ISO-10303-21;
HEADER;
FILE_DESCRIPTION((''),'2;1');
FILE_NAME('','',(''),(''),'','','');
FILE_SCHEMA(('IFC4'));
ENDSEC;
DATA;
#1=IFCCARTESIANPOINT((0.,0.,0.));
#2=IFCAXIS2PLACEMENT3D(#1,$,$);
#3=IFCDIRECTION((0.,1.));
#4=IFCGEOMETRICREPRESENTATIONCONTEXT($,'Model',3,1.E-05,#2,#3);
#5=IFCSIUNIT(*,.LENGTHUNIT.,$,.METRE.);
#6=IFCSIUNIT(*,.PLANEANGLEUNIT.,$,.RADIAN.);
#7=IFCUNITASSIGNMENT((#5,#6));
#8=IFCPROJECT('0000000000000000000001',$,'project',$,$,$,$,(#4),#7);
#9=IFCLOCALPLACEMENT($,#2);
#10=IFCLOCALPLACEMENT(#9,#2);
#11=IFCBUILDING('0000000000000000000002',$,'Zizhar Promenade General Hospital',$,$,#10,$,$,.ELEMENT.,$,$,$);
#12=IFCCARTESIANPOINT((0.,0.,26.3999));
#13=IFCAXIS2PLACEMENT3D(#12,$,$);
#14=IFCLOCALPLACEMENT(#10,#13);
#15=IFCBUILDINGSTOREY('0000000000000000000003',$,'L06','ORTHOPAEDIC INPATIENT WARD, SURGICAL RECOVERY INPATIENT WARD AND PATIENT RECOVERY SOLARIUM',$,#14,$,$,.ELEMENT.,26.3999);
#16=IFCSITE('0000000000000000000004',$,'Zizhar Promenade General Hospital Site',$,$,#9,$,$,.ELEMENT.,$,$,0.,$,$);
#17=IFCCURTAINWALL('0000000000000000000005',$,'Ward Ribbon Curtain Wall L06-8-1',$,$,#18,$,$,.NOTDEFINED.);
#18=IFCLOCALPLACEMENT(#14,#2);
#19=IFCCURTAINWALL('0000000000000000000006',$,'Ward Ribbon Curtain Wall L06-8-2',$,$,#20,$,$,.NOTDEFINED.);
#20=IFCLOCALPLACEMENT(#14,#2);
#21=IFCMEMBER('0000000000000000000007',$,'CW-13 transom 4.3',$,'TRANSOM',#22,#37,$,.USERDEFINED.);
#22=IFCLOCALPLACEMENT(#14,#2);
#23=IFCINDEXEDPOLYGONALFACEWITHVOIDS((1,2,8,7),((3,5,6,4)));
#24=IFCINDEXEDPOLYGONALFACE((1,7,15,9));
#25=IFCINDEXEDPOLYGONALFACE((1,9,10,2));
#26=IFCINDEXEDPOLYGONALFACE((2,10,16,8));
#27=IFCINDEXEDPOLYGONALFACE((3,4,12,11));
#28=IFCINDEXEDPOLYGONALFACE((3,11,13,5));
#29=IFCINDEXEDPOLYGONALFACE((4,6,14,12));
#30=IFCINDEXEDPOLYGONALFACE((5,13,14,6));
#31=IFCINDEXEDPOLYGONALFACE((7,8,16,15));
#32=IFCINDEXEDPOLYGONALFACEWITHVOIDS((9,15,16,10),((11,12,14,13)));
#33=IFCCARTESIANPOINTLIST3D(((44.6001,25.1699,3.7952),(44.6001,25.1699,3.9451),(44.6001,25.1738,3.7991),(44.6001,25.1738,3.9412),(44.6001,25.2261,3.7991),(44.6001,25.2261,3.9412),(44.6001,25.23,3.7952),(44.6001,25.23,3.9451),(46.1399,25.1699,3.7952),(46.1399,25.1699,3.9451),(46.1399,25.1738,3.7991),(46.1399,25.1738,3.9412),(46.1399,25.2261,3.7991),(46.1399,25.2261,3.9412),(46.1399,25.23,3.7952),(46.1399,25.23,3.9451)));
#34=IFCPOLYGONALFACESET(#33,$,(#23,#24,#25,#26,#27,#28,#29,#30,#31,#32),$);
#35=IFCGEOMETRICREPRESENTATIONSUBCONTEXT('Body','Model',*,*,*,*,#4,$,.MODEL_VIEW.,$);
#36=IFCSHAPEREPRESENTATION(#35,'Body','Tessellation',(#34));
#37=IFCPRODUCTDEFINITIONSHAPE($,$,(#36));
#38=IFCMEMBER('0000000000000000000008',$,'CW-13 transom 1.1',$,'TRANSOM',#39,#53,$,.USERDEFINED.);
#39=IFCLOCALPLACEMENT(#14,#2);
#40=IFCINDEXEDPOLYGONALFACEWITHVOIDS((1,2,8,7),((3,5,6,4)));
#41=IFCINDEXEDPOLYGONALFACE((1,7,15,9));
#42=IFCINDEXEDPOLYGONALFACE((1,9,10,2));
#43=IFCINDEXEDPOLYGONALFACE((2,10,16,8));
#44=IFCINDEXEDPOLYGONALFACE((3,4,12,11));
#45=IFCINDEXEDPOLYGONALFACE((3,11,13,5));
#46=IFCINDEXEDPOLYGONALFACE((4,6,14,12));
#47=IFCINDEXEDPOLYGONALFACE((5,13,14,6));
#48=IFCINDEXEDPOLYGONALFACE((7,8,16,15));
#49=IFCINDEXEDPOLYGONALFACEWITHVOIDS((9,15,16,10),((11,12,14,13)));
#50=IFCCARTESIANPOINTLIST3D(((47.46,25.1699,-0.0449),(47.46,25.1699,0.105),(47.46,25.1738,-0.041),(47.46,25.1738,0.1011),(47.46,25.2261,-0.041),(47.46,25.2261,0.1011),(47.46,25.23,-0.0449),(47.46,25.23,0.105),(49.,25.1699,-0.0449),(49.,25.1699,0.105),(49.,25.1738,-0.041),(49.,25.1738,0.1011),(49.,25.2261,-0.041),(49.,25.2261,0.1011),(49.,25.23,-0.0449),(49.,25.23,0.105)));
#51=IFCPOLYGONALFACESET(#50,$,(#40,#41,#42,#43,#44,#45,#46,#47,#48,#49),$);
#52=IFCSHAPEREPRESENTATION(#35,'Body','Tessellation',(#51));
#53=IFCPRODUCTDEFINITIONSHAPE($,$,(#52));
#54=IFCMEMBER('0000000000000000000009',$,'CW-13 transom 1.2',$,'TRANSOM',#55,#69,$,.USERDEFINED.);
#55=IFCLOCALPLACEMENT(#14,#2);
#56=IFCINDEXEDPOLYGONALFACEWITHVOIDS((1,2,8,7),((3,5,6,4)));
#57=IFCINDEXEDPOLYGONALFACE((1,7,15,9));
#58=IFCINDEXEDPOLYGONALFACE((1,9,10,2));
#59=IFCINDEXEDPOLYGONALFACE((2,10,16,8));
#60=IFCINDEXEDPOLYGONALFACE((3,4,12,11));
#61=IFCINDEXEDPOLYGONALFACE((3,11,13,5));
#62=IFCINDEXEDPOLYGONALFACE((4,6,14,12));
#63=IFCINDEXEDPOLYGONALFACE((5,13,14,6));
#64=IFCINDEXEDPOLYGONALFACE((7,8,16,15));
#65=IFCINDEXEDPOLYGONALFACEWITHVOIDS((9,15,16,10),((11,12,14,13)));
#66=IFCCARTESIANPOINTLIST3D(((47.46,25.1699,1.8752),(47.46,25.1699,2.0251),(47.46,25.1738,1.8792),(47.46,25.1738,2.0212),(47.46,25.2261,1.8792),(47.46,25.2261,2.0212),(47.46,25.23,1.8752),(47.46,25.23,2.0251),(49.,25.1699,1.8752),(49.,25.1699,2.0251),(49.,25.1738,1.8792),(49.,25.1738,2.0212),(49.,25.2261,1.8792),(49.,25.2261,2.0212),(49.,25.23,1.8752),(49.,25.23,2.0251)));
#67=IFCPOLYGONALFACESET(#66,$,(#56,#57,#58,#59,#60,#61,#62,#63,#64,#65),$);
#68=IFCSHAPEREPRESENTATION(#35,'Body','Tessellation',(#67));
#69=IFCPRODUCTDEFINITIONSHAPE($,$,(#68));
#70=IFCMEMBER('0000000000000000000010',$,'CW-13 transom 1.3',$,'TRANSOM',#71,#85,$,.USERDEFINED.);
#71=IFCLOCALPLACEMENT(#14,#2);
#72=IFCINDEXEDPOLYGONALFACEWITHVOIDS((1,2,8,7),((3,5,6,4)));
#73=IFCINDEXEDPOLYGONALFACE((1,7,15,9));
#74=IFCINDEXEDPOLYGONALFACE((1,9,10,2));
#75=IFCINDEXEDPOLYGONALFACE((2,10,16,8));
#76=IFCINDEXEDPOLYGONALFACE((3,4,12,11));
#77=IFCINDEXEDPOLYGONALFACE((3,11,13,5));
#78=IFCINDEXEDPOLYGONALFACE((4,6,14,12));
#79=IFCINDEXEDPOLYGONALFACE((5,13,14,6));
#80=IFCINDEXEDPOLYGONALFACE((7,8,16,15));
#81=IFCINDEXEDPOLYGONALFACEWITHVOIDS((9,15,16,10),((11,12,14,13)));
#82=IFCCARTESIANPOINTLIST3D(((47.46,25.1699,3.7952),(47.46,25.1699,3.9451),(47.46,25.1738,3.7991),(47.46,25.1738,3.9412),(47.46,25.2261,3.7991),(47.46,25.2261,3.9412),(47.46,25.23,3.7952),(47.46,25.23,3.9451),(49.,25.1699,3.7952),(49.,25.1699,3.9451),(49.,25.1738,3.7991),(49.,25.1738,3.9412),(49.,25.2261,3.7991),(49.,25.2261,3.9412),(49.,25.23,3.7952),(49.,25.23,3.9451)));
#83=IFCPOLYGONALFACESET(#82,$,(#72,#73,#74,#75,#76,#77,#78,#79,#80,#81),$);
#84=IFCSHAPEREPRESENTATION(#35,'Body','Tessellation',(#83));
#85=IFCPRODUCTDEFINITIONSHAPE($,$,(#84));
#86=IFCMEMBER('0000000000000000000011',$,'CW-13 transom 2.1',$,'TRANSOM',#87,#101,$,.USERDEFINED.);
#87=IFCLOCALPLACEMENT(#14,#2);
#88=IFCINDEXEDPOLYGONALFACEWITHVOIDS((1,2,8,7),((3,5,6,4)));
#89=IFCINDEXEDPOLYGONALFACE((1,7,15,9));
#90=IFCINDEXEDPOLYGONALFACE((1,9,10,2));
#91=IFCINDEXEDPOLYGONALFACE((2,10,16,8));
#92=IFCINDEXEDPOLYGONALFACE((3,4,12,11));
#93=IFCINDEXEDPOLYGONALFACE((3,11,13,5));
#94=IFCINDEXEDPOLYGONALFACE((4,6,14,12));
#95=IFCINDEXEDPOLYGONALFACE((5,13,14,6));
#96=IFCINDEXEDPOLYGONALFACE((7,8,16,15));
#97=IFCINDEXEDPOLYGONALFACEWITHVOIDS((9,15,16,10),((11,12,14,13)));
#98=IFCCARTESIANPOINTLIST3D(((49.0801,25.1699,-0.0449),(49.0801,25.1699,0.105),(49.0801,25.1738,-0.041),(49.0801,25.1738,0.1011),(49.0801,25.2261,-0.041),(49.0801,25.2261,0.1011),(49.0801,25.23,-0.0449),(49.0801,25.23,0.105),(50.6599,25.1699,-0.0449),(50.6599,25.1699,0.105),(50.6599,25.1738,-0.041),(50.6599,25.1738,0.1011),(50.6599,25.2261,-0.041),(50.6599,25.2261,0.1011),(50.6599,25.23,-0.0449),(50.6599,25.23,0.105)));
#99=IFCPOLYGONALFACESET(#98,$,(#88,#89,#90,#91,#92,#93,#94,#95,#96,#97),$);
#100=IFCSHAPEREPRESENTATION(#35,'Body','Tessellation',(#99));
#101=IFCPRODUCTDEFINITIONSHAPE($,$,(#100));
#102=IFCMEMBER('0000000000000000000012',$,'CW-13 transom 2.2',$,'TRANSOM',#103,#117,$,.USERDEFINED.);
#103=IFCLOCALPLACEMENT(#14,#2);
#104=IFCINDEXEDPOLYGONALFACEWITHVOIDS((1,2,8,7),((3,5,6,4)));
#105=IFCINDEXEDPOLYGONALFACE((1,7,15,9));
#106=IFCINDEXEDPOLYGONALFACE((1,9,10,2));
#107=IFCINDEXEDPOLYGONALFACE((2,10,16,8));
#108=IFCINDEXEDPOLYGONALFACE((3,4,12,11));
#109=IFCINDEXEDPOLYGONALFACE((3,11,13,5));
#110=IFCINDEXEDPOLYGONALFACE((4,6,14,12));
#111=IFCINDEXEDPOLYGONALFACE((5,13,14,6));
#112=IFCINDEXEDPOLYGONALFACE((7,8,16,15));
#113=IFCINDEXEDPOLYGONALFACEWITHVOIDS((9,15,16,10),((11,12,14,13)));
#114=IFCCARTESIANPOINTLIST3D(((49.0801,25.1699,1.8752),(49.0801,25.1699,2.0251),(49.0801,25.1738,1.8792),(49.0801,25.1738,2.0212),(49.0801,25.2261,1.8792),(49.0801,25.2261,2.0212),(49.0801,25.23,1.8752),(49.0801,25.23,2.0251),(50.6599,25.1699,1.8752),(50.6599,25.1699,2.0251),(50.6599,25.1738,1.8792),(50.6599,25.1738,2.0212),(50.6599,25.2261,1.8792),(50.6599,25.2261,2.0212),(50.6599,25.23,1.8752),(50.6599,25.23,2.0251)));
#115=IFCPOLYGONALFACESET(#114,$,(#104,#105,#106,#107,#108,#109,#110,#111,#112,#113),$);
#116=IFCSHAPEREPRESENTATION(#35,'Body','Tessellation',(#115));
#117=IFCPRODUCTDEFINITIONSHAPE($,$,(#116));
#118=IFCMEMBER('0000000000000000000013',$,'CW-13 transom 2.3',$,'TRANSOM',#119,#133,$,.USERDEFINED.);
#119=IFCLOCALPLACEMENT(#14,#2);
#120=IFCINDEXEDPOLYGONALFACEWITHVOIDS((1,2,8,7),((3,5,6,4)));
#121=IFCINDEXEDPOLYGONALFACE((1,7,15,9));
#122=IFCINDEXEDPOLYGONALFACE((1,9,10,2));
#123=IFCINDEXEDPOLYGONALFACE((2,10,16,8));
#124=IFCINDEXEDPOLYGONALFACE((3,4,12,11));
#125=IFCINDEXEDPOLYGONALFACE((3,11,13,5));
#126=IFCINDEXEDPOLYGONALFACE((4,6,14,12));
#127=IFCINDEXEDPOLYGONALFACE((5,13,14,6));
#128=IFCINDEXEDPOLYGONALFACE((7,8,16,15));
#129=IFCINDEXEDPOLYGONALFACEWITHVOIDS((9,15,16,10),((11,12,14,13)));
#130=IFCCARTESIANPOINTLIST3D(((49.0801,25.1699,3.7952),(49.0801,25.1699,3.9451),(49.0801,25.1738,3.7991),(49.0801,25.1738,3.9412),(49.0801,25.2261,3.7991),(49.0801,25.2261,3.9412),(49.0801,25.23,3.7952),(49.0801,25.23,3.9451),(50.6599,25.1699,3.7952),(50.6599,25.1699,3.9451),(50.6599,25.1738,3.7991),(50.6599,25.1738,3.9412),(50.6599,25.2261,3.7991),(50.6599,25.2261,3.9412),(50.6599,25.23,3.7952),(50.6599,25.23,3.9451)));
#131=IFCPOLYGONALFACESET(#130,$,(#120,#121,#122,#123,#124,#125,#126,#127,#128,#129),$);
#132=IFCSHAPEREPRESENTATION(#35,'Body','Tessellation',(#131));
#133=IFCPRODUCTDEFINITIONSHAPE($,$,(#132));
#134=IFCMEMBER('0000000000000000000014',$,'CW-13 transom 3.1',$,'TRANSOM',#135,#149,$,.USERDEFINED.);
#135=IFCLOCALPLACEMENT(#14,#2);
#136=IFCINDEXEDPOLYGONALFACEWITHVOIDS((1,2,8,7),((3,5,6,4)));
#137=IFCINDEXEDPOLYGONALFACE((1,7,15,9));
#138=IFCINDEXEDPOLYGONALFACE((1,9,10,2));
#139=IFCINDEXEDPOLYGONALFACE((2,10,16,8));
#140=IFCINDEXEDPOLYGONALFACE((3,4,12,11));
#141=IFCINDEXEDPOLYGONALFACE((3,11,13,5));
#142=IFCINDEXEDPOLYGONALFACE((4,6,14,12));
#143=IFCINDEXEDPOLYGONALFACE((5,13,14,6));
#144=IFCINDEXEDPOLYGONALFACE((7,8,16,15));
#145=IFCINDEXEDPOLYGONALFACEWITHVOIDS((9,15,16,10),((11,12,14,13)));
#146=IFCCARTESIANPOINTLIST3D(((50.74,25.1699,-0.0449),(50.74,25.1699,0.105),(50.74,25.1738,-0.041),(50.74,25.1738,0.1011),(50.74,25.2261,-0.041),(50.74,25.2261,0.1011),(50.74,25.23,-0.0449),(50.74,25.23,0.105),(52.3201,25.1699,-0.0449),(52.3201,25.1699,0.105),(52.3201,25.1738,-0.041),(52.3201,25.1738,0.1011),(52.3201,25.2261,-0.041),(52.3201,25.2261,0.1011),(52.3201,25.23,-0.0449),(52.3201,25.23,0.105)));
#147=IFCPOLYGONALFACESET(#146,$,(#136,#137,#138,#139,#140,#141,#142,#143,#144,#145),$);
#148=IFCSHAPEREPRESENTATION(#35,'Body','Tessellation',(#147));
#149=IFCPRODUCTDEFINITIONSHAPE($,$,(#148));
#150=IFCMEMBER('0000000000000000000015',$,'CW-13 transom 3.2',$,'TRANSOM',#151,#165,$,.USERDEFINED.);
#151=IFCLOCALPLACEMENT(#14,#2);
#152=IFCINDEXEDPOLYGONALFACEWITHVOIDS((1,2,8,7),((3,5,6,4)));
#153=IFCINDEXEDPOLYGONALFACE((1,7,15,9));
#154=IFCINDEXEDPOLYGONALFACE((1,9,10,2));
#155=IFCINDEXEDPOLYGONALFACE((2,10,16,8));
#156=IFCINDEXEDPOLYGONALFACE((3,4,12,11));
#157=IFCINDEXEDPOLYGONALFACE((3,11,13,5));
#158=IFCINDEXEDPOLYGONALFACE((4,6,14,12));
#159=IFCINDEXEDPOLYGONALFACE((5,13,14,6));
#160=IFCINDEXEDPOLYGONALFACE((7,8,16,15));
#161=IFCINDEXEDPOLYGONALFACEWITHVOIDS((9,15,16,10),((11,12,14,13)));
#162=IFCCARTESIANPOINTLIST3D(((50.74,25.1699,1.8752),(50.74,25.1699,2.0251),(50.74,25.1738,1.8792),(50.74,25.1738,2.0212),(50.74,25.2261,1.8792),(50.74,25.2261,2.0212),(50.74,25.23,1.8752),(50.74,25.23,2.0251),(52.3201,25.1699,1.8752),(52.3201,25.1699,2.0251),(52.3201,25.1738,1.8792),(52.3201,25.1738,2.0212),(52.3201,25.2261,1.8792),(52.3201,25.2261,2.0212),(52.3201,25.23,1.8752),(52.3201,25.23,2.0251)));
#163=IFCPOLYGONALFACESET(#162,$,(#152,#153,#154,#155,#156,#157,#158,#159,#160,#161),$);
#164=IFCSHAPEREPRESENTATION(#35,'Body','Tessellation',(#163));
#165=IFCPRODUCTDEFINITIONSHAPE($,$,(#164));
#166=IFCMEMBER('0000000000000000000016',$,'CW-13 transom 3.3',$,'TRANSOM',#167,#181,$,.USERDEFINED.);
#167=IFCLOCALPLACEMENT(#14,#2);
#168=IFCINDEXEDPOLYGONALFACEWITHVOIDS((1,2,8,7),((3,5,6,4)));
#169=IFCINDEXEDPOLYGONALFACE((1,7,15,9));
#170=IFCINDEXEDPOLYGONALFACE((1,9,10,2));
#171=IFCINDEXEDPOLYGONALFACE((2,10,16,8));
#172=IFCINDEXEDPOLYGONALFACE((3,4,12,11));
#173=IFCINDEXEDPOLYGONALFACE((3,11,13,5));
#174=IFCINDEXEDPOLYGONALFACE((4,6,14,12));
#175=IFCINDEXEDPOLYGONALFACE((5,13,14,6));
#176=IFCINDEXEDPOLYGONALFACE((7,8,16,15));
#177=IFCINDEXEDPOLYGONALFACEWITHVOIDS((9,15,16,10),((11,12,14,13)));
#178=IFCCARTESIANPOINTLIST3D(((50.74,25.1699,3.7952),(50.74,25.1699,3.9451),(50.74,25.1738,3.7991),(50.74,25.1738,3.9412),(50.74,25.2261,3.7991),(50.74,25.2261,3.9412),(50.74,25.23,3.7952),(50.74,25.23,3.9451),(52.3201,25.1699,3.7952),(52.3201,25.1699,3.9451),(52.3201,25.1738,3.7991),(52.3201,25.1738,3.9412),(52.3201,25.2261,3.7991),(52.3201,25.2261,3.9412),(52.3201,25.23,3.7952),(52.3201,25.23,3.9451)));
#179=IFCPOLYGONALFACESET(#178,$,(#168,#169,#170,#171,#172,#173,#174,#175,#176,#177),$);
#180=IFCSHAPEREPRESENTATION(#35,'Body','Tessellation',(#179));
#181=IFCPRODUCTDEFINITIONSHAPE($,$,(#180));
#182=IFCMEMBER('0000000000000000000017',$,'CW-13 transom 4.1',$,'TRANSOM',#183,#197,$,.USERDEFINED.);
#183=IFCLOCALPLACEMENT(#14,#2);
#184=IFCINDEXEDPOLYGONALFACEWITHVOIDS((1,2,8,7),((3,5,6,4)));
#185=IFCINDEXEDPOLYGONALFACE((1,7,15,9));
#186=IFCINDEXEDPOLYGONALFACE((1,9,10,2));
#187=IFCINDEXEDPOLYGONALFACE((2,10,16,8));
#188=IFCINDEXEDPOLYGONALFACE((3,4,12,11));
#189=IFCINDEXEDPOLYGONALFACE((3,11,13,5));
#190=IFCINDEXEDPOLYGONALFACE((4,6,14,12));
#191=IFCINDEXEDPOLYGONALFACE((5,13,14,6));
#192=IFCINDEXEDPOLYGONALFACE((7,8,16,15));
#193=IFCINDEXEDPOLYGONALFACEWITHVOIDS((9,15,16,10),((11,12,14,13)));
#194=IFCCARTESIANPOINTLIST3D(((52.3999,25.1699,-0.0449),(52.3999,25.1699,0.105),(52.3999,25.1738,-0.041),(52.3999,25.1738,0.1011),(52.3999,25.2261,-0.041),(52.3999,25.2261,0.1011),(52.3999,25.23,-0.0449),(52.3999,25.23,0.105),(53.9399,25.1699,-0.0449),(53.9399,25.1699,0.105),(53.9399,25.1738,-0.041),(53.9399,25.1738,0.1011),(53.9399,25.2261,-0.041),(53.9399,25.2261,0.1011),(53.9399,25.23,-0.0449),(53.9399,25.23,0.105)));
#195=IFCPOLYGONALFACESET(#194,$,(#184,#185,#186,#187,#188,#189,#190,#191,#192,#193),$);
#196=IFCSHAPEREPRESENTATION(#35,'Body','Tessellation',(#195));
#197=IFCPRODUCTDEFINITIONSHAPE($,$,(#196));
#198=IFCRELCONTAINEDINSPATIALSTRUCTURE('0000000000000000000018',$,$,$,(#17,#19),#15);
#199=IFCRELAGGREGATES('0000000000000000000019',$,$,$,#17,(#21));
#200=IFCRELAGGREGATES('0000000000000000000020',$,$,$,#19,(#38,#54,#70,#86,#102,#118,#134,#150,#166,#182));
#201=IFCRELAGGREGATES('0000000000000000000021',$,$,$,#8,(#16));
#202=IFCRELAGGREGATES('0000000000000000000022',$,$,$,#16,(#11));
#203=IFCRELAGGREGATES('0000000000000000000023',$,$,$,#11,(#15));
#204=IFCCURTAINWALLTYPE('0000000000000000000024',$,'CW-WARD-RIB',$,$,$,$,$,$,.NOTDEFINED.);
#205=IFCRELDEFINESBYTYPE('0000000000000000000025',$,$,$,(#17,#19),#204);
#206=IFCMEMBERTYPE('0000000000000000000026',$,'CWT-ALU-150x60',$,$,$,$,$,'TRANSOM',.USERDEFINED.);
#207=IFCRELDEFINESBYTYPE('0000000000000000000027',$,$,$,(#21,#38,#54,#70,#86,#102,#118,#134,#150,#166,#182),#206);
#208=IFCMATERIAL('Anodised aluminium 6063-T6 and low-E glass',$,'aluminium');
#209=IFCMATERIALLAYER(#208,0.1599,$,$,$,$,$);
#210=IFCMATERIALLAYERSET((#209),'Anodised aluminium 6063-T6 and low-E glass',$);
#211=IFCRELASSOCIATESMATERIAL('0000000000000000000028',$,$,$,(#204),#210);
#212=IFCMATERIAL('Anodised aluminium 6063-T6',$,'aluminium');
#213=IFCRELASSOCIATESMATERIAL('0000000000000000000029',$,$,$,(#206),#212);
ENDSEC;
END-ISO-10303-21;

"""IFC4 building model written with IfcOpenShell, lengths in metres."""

from ifc_helpers import new_model, si_unit, direction, frame, origin, origin_2d, place, context, subcontext, project, spatial, hollow_rectangle, extrude, material, layer, layer_set, material_profile, profile_set, type_object, element, aggregate, save


model = new_model("IFC4")

# Units and contexts
model_context = context("Model", 3, precision=1e-05, world=origin(), true_north=direction((0.0, 1.0)))
body_context = subcontext(model_context, "Body", "Model", "MODEL_VIEW")
ifc_project = project(units=[si_unit("LENGTHUNIT", "METRE"), si_unit("PLANEANGLEUNIT", "RADIAN")], contexts=[model_context])

# Site, building, storey
site_placement = place(None, origin())
site = spatial("IfcSite", under=ifc_project, at=site_placement, Name="Zizhar Promenade General Hospital Site", CompositionType="ELEMENT", RefElevation=0.0)
building_placement = place(site_placement, origin())
building = spatial("IfcBuilding", under=site, at=building_placement, Name="Zizhar Promenade General Hospital", CompositionType="ELEMENT")
storey_placement = place(building_placement, frame((0.0, 0.0, 26.3999)))
storey = spatial("IfcBuildingStorey", under=building, at=storey_placement, Name="L06", Description="ORTHOPAEDIC INPATIENT WARD, SURGICAL RECOVERY INPATIENT WARD AND PATIENT RECOVERY SOLARIUM", CompositionType="ELEMENT", Elevation=26.3999)

# Curtain walls
ifc_material_1 = material(Name="Anodised aluminium 6063-T6 and low-E glass", Category="aluminium")
ifc_layer_1 = layer(ifc_material_1, 0.1599)
ifc_layer_set_1 = layer_set([ifc_layer_1], Name="Anodised aluminium 6063-T6 and low-E glass")
curtain_wall_type = type_object("IfcCurtainWallType", Name="CW-WARD-RIB", PredefinedType="NOTDEFINED", material=ifc_layer_set_1)
curtain_wall_1_placement = place(storey_placement, origin())
curtain_wall_1 = element("IfcCurtainWall", 1, at=curtain_wall_1_placement, inside=storey, type_object=curtain_wall_type, Name="Ward Ribbon Curtain Wall L06-8-1", PredefinedType="NOTDEFINED")
curtain_wall_2_placement = place(storey_placement, origin())
curtain_wall_2 = element("IfcCurtainWall", 2, at=curtain_wall_2_placement, inside=storey, type_object=curtain_wall_type, Name="Ward Ribbon Curtain Wall L06-8-2", PredefinedType="NOTDEFINED")

# Members
ifc_material_2 = material(Name="Anodised aluminium 6063-T6", Category="aluminium")
ifc_material_profile_1 = material_profile(ifc_material_2, hollow_rectangle(XDim=0.0601, YDim=0.1499, WallThickness=0.0039, at=origin_2d()))
ifc_profile_set_1 = profile_set([ifc_material_profile_1], Name="Anodised aluminium 6063-T6")
member_type_1 = type_object("IfcMemberType", Name="CWT-ALU-150x60", ElementType="TRANSOM", PredefinedType="USERDEFINED", material=ifc_profile_set_1)
member_1_placement = place(storey_placement, frame((44.6001, 25.2, 3.8701), z_axis=(1.0, 0.0, 0.0), x_axis=(0.0, 1.0, 0.0)))
member_1 = element("IfcMember", 3, at=member_1_placement, type_object=member_type_1, Name="CW-13 transom 4.3", ObjectType="TRANSOM", PredefinedType="USERDEFINED", context=body_context, shape_type="SweptSolid", body=[
    extrude(hollow_rectangle(XDim=0.0601, YDim=0.1499, WallThickness=0.0039, at=origin_2d()), origin(), (0.0, 0.0, 1.0), 1.5398),
])
member_2_placement = place(storey_placement, frame((47.46, 25.2, 0.03), z_axis=(1.0, 0.0, 0.0), x_axis=(0.0, 1.0, 0.0)))
member_2 = element("IfcMember", 4, at=member_2_placement, type_object=member_type_1, Name="CW-13 transom 1.1", ObjectType="TRANSOM", PredefinedType="USERDEFINED", context=body_context, shape_type="SweptSolid", body=[
    extrude(hollow_rectangle(XDim=0.0601, YDim=0.1499, WallThickness=0.0039, at=origin_2d()), origin(), (0.0, 0.0, 1.0), 1.54),
])
member_3_placement = place(storey_placement, frame((47.46, 25.2, 1.9502), z_axis=(1.0, 0.0, 0.0), x_axis=(0.0, 1.0, 0.0)))
member_3 = element("IfcMember", 5, at=member_3_placement, type_object=member_type_1, Name="CW-13 transom 1.2", ObjectType="TRANSOM", PredefinedType="USERDEFINED", context=body_context, shape_type="SweptSolid", body=[
    extrude(hollow_rectangle(XDim=0.0601, YDim=0.1499, WallThickness=0.0039, at=origin_2d()), origin(), (0.0, 0.0, 1.0), 1.54),
])
member_4_placement = place(storey_placement, frame((47.46, 25.2, 3.8701), z_axis=(1.0, 0.0, 0.0), x_axis=(0.0, 1.0, 0.0)))
member_4 = element("IfcMember", 6, at=member_4_placement, type_object=member_type_1, Name="CW-13 transom 1.3", ObjectType="TRANSOM", PredefinedType="USERDEFINED", context=body_context, shape_type="SweptSolid", body=[
    extrude(hollow_rectangle(XDim=0.0601, YDim=0.1499, WallThickness=0.0039, at=origin_2d()), origin(), (0.0, 0.0, 1.0), 1.54),
])
member_5_placement = place(storey_placement, frame((49.0801, 25.2, 0.03), z_axis=(1.0, 0.0, 0.0), x_axis=(0.0, 1.0, 0.0)))
member_5 = element("IfcMember", 7, at=member_5_placement, type_object=member_type_1, Name="CW-13 transom 2.1", ObjectType="TRANSOM", PredefinedType="USERDEFINED", context=body_context, shape_type="SweptSolid", body=[
    extrude(hollow_rectangle(XDim=0.0601, YDim=0.1499, WallThickness=0.0039, at=origin_2d()), origin(), (0.0, 0.0, 1.0), 1.5798),
])
member_6_placement = place(storey_placement, frame((49.0801, 25.2, 1.9502), z_axis=(1.0, 0.0, 0.0), x_axis=(0.0, 1.0, 0.0)))
member_6 = element("IfcMember", 8, at=member_6_placement, type_object=member_type_1, Name="CW-13 transom 2.2", ObjectType="TRANSOM", PredefinedType="USERDEFINED", context=body_context, shape_type="SweptSolid", body=[
    extrude(hollow_rectangle(XDim=0.0601, YDim=0.1499, WallThickness=0.0039, at=origin_2d()), origin(), (0.0, 0.0, 1.0), 1.5798),
])
member_7_placement = place(storey_placement, frame((49.0801, 25.2, 3.8701), z_axis=(1.0, 0.0, 0.0), x_axis=(0.0, 1.0, 0.0)))
member_7 = element("IfcMember", 9, at=member_7_placement, type_object=member_type_1, Name="CW-13 transom 2.3", ObjectType="TRANSOM", PredefinedType="USERDEFINED", context=body_context, shape_type="SweptSolid", body=[
    extrude(hollow_rectangle(XDim=0.0601, YDim=0.1499, WallThickness=0.0039, at=origin_2d()), origin(), (0.0, 0.0, 1.0), 1.5798),
])
member_8_placement = place(storey_placement, frame((50.74, 25.2, 0.03), z_axis=(1.0, 0.0, 0.0), x_axis=(0.0, 1.0, 0.0)))
member_8 = element("IfcMember", 10, at=member_8_placement, type_object=member_type_1, Name="CW-13 transom 3.1", ObjectType="TRANSOM", PredefinedType="USERDEFINED", context=body_context, shape_type="SweptSolid", body=[
    extrude(hollow_rectangle(XDim=0.0601, YDim=0.1499, WallThickness=0.0039, at=origin_2d()), origin(), (0.0, 0.0, 1.0), 1.5801),
])
member_9_placement = place(storey_placement, frame((50.74, 25.2, 1.9502), z_axis=(1.0, 0.0, 0.0), x_axis=(0.0, 1.0, 0.0)))
member_9 = element("IfcMember", 11, at=member_9_placement, type_object=member_type_1, Name="CW-13 transom 3.2", ObjectType="TRANSOM", PredefinedType="USERDEFINED", context=body_context, shape_type="SweptSolid", body=[
    extrude(hollow_rectangle(XDim=0.0601, YDim=0.1499, WallThickness=0.0039, at=origin_2d()), origin(), (0.0, 0.0, 1.0), 1.5801),
])
member_10_placement = place(storey_placement, frame((50.74, 25.2, 3.8701), z_axis=(1.0, 0.0, 0.0), x_axis=(0.0, 1.0, 0.0)))
member_10 = element("IfcMember", 12, at=member_10_placement, type_object=member_type_1, Name="CW-13 transom 3.3", ObjectType="TRANSOM", PredefinedType="USERDEFINED", context=body_context, shape_type="SweptSolid", body=[
    extrude(hollow_rectangle(XDim=0.0601, YDim=0.1499, WallThickness=0.0039, at=origin_2d()), origin(), (0.0, 0.0, 1.0), 1.5801),
])
member_11_placement = place(storey_placement, frame((52.3999, 25.2, 0.03), z_axis=(1.0, 0.0, 0.0), x_axis=(0.0, 1.0, 0.0)))
member_11 = element("IfcMember", 13, at=member_11_placement, type_object=member_type_1, Name="CW-13 transom 4.1", ObjectType="TRANSOM", PredefinedType="USERDEFINED", context=body_context, shape_type="SweptSolid", body=[
    extrude(hollow_rectangle(XDim=0.0601, YDim=0.1499, WallThickness=0.0039, at=origin_2d()), origin(), (0.0, 0.0, 1.0), 1.54),
])

aggregate(curtain_wall_1, [member_1])
aggregate(curtain_wall_2, [member_2, member_3, member_4, member_5, member_6, member_7, member_8, member_9, member_10, member_11])

save(model, "model.ifc")
